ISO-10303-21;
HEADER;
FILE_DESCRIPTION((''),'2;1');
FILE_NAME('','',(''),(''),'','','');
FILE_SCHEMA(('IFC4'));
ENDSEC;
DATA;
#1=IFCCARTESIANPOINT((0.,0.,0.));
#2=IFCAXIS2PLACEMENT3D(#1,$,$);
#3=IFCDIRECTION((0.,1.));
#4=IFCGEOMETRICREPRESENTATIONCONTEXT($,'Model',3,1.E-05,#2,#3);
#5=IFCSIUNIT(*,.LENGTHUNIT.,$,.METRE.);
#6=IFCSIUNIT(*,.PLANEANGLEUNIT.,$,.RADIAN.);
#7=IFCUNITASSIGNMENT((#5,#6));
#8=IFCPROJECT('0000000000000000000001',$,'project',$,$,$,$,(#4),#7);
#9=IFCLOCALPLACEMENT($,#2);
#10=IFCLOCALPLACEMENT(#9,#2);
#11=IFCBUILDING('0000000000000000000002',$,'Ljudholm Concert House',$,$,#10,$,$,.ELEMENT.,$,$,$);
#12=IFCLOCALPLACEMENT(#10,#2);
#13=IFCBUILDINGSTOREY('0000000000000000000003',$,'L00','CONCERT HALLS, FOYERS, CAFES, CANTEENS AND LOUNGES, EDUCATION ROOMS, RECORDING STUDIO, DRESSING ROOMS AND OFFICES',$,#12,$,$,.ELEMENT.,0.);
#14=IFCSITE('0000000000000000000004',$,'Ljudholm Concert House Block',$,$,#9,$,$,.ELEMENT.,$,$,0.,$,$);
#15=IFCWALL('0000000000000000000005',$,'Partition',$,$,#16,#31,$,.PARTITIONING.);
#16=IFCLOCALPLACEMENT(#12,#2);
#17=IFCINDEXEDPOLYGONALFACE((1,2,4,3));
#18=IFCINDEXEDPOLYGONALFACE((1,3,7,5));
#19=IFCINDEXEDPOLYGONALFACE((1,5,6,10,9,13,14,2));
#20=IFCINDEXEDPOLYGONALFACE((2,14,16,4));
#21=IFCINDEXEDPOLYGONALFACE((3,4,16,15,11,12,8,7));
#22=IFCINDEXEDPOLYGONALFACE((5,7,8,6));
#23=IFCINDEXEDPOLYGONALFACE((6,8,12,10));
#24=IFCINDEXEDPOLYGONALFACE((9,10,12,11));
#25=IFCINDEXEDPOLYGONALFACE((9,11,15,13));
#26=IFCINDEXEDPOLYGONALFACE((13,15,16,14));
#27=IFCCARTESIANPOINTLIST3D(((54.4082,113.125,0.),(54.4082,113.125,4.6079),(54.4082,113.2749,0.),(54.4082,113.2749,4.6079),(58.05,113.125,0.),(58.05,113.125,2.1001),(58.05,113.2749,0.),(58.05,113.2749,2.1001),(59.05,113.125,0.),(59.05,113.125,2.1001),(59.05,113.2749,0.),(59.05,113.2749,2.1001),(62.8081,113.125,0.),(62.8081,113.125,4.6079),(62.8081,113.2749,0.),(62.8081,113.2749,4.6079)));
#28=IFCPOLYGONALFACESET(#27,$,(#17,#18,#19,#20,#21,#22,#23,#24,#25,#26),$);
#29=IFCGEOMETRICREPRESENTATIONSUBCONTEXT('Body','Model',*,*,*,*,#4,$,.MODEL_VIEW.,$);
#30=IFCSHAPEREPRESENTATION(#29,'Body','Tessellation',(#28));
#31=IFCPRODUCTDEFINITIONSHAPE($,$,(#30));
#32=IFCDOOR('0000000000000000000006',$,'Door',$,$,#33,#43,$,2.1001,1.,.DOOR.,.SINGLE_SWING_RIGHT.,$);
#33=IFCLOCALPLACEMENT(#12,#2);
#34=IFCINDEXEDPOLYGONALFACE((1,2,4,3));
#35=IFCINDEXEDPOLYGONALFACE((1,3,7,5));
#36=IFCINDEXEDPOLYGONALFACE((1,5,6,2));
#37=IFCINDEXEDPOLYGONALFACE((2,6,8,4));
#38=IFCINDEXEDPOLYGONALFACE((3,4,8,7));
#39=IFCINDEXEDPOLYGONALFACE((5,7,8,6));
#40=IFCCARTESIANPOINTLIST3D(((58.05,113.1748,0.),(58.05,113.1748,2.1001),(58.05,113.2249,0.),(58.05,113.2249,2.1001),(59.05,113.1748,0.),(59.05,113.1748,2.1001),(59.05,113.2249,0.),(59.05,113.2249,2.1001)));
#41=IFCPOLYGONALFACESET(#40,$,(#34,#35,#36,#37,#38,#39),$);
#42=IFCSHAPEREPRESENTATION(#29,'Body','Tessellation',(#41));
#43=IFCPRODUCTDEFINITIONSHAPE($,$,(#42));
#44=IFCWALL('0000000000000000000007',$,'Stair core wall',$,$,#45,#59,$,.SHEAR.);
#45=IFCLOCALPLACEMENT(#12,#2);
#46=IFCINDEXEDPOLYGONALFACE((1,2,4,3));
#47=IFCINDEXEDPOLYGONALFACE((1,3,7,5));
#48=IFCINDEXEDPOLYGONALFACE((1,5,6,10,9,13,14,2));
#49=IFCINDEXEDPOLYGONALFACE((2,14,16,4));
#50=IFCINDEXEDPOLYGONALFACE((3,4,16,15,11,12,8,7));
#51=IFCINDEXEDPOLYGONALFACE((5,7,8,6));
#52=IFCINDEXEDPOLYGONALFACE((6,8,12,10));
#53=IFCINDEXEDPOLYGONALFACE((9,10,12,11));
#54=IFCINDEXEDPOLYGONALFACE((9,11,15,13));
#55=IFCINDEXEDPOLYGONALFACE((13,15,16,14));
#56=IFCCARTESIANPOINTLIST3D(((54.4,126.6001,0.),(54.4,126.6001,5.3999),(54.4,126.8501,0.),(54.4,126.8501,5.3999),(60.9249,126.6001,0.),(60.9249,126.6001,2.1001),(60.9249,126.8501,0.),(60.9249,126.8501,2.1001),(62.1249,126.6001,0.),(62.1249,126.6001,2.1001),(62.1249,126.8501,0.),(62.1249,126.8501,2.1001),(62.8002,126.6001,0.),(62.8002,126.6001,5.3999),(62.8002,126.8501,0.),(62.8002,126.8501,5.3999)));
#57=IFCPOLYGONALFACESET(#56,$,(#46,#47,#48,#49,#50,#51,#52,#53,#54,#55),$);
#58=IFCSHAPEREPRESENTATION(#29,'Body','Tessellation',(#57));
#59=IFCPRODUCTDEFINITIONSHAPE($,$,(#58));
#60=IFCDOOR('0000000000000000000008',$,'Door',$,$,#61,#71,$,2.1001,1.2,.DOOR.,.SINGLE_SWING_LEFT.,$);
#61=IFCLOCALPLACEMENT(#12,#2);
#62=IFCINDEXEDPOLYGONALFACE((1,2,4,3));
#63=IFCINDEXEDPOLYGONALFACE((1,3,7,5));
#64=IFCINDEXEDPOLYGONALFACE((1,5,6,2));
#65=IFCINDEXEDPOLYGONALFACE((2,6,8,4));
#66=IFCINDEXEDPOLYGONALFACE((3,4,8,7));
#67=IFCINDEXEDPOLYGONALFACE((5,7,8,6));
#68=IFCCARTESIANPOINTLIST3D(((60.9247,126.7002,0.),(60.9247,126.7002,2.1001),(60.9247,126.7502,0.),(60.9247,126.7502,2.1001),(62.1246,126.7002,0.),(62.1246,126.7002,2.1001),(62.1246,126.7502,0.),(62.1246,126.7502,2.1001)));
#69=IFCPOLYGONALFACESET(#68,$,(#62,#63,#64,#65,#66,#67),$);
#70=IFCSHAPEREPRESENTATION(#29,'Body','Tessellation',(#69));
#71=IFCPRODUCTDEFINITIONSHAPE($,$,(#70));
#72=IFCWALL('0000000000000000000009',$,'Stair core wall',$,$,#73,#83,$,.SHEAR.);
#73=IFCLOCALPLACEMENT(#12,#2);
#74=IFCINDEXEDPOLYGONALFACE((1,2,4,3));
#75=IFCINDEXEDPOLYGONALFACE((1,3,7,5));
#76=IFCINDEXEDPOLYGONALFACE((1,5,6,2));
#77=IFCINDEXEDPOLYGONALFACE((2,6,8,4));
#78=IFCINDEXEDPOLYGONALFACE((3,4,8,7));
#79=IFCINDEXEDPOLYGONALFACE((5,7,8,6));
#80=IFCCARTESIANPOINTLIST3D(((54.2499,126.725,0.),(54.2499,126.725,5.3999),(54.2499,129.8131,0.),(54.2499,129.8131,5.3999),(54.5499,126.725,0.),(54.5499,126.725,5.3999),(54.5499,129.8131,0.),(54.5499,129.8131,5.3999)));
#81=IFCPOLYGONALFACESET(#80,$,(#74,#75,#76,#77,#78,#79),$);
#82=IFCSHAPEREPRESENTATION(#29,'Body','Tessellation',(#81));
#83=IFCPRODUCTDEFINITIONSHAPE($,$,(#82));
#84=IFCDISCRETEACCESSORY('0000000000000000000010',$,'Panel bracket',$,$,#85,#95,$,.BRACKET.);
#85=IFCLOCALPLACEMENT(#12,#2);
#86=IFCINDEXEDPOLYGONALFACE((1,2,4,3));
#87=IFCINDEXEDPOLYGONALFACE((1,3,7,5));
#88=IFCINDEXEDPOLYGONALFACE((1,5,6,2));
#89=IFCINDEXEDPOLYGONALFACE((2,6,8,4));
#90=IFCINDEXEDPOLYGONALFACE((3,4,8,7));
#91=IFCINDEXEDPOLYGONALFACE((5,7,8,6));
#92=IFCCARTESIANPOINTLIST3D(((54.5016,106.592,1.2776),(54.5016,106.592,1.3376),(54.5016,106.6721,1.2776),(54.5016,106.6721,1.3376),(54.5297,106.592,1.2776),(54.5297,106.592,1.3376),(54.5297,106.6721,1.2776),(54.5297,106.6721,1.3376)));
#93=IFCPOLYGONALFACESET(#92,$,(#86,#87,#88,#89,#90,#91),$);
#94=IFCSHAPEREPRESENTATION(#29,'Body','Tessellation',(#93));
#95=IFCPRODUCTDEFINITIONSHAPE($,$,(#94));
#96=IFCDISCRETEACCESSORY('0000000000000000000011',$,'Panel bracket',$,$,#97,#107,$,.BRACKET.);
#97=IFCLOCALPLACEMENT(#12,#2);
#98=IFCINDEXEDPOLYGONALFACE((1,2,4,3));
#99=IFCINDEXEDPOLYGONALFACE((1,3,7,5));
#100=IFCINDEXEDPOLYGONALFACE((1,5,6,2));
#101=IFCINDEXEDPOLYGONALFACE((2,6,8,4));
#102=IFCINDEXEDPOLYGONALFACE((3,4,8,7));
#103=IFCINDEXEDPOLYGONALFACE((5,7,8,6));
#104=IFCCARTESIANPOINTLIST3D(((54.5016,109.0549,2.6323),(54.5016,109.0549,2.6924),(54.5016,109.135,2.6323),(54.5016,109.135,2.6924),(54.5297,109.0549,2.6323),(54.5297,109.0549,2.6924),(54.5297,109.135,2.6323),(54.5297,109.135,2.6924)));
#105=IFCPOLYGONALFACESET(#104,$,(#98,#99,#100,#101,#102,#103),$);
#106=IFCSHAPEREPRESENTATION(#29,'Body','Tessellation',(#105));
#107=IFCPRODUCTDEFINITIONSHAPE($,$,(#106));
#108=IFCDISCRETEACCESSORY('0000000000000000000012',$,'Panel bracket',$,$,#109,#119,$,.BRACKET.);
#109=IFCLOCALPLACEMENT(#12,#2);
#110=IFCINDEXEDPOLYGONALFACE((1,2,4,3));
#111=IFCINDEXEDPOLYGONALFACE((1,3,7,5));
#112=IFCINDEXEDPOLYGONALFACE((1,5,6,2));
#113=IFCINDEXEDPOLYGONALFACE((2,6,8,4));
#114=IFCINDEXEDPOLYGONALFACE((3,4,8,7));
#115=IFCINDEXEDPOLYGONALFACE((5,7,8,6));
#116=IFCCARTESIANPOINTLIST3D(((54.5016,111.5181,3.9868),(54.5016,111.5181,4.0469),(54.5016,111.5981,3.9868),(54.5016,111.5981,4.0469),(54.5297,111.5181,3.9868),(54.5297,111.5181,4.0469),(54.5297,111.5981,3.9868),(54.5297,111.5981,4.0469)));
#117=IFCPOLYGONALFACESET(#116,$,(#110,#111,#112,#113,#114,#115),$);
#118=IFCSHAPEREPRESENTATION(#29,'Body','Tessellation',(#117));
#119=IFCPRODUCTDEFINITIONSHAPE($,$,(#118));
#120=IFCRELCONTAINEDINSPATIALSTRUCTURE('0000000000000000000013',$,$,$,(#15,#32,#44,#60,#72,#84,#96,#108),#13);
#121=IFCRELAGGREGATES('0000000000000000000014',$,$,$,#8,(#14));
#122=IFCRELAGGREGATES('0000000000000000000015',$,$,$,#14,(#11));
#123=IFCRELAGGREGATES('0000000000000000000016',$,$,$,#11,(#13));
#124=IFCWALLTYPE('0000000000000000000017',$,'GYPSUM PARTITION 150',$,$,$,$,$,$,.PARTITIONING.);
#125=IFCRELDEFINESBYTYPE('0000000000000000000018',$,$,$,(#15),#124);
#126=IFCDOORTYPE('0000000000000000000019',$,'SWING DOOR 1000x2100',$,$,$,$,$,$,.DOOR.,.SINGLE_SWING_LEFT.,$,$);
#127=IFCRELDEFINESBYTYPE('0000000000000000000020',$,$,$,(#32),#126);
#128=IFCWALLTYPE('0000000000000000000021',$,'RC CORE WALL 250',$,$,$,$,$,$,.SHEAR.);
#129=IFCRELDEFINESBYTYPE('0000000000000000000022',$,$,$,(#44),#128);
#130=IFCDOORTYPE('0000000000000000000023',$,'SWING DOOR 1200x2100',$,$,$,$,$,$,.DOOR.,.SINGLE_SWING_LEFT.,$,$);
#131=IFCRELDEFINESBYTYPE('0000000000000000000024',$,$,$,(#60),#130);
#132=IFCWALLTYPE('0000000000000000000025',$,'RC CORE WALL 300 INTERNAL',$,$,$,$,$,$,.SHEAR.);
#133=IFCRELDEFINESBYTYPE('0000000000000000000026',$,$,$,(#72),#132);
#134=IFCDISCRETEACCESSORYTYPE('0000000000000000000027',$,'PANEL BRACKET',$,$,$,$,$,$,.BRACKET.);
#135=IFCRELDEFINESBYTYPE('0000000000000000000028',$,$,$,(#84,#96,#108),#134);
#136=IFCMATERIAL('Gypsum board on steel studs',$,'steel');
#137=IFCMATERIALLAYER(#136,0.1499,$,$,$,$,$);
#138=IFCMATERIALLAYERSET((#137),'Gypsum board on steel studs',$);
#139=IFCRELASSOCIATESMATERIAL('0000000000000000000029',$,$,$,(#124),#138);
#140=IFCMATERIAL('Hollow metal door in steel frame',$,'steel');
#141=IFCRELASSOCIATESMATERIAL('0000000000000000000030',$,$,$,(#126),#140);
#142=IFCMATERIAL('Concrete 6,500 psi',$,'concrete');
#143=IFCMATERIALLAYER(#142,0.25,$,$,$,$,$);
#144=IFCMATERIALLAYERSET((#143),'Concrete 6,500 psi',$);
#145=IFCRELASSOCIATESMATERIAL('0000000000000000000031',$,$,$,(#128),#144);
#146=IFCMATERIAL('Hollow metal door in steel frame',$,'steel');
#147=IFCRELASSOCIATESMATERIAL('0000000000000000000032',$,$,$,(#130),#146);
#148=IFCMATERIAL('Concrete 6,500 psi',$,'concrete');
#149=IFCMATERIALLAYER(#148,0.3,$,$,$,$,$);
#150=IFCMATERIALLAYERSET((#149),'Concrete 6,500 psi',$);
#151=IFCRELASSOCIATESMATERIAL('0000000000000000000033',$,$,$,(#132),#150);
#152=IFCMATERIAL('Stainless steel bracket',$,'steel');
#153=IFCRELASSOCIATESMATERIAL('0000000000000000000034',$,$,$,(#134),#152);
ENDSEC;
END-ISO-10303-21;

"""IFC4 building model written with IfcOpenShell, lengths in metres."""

from ifc_helpers import new_model, si_unit, direction, frame, frame_2d, origin, origin_2d, place, context, subcontext, project, spatial, rectangle, extrude, material, layer, layer_set, type_object, element, fill, save


model = new_model("IFC4")

# Units and contexts
model_context = context("Model", 3, precision=1e-05, world=origin(), true_north=direction((0.0, 1.0)))
body_context = subcontext(model_context, "Body", "Model", "MODEL_VIEW")
ifc_project = project(units=[si_unit("LENGTHUNIT", "METRE"), si_unit("PLANEANGLEUNIT", "RADIAN")], contexts=[model_context])

# Site, building, storey
site_placement = place(None, origin())
site = spatial("IfcSite", under=ifc_project, at=site_placement, Name="Ljudholm Concert House Block", CompositionType="ELEMENT", RefElevation=0.0)
building_placement = place(site_placement, origin())
building = spatial("IfcBuilding", under=site, at=building_placement, Name="Ljudholm Concert House", CompositionType="ELEMENT")
storey_placement = place(building_placement, origin())
storey = spatial("IfcBuildingStorey", under=building, at=storey_placement, Name="L00", Description="CONCERT HALLS, FOYERS, CAFES, CANTEENS AND LOUNGES, EDUCATION ROOMS, RECORDING STUDIO, DRESSING ROOMS AND OFFICES", CompositionType="ELEMENT", Elevation=0.0)

# Walls, openings, doors
ifc_material_1 = material(Name="Gypsum board on steel studs", Category="steel")
ifc_layer_1 = layer(ifc_material_1, 0.1499)
ifc_layer_set_1 = layer_set([ifc_layer_1], Name="Gypsum board on steel studs")
wall_type_1 = type_object("IfcWallType", Name="GYPSUM PARTITION 150", PredefinedType="PARTITIONING", material=ifc_layer_set_1)
wall_1_placement = place(storey_placement, frame((54.4082, 113.2, 0.0), z_axis=(0.0, 0.0, 1.0), x_axis=(1.0, 0.0, 0.0)))
wall_1 = element("IfcWall", 1, at=wall_1_placement, inside=storey, type_object=wall_type_1, Name="Partition", PredefinedType="PARTITIONING", context=body_context, shape_type="SweptSolid", body=[
    extrude(rectangle(XDim=8.3999, YDim=0.1499, at=frame_2d((4.2, 0.0))), origin(), (0.0, 0.0, 1.0), 4.6079),
])
opening_1_placement = place(wall_1_placement, frame((3.6418, 0.0, 0.0)))
opening_1 = element("IfcOpeningElement", 2, at=opening_1_placement, cuts=wall_1, PredefinedType="OPENING", context=body_context, shape_type="SweptSolid", body=[
    extrude(rectangle(XDim=1.0, YDim=2.1001, at=frame_2d((0.5, 1.05))), frame((0.0, 0.085, 0.0), z_axis=(0.0, -1.0, 0.0), x_axis=(1.0, 0.0, 0.0)), (0.0, 0.0, 1.0), 0.1699),
])
ifc_material_2 = material(Name="Hollow metal door in steel frame", Category="steel")
door_type_1 = type_object("IfcDoorType", Name="SWING DOOR 1000x2100", OperationType="SINGLE_SWING_LEFT", PredefinedType="DOOR", material=ifc_material_2)
door_1_placement = place(opening_1_placement, origin())
door_1 = element("IfcDoor", 3, at=door_1_placement, inside=storey, type_object=door_type_1, Name="Door", OperationType="SINGLE_SWING_RIGHT", OverallHeight=2.1001, OverallWidth=1.0, PredefinedType="DOOR", context=body_context, shape_type="SweptSolid", body=[
    extrude(rectangle(XDim=1.0, YDim=2.1001, at=frame_2d((0.5, 1.05))), frame((0.0, 0.0249, 0.0), z_axis=(0.0, -1.0, 0.0), x_axis=(1.0, 0.0, 0.0)), (0.0, 0.0, 1.0), 0.05),
])
fill(opening_1, door_1)
ifc_material_3 = material(Name="Concrete 6,500 psi", Category="concrete")
ifc_layer_2 = layer(ifc_material_3, 0.25)
ifc_layer_set_2 = layer_set([ifc_layer_2], Name="Concrete 6,500 psi")
wall_type_2 = type_object("IfcWallType", Name="RC CORE WALL 250", PredefinedType="SHEAR", material=ifc_layer_set_2)
wall_2_placement = place(storey_placement, frame((54.3999, 126.7251, 0.0), z_axis=(0.0, 0.0, 1.0), x_axis=(1.0, 0.0, 0.0)))
wall_2 = element("IfcWall", 4, at=wall_2_placement, inside=storey, type_object=wall_type_2, Name="Stair core wall", PredefinedType="SHEAR", context=body_context, shape_type="SweptSolid", body=[
    extrude(rectangle(XDim=8.4001, YDim=0.25, at=frame_2d((4.2002, 0.0))), origin(), (0.0, 0.0, 1.0), 5.3999),
])
opening_2_placement = place(wall_2_placement, frame((6.5249, 0.0, 0.0)))
opening_2 = element("IfcOpeningElement", 5, at=opening_2_placement, cuts=wall_2, PredefinedType="OPENING", context=body_context, shape_type="SweptSolid", body=[
    extrude(rectangle(XDim=1.2, YDim=2.1001, at=frame_2d((0.6001, 1.05))), frame((0.0, 0.135, 0.0), z_axis=(0.0, -1.0, 0.0), x_axis=(1.0, 0.0, 0.0)), (0.0, 0.0, 1.0), 0.27),
])
ifc_material_4 = material(Name="Hollow metal door in steel frame", Category="steel")
door_type_2 = type_object("IfcDoorType", Name="SWING DOOR 1200x2100", OperationType="SINGLE_SWING_LEFT", PredefinedType="DOOR", material=ifc_material_4)
door_2_placement = place(opening_2_placement, frame((1.2, 0.0, 0.0), z_axis=(0.0, 0.0, 1.0), x_axis=(-1.0, 0.0, 0.0)))
door_2 = element("IfcDoor", 6, at=door_2_placement, inside=storey, type_object=door_type_2, Name="Door", OperationType="SINGLE_SWING_LEFT", OverallHeight=2.1001, OverallWidth=1.2, PredefinedType="DOOR", context=body_context, shape_type="SweptSolid", body=[
    extrude(rectangle(XDim=1.2, YDim=2.1001, at=frame_2d((0.6001, 1.05))), frame((0.0, 0.0249, 0.0), z_axis=(0.0, -1.0, 0.0), x_axis=(1.0, 0.0, 0.0)), (0.0, 0.0, 1.0), 0.05),
])
fill(opening_2, door_2)

# Wall
ifc_material_5 = material(Name="Concrete 6,500 psi", Category="concrete")
ifc_layer_3 = layer(ifc_material_5, 0.3)
ifc_layer_set_3 = layer_set([ifc_layer_3], Name="Concrete 6,500 psi")
wall_type_3 = type_object("IfcWallType", Name="RC CORE WALL 300 INTERNAL", PredefinedType="SHEAR", material=ifc_layer_set_3)
wall_3_placement = place(storey_placement, frame((54.3999, 126.7251, 0.0), z_axis=(0.0, 0.0, 1.0), x_axis=(0.0, 1.0, 0.0)))
element("IfcWall", 7, at=wall_3_placement, inside=storey, type_object=wall_type_3, Name="Stair core wall", PredefinedType="SHEAR", context=body_context, shape_type="SweptSolid", body=[
    extrude(rectangle(XDim=3.0881, YDim=0.3, at=frame_2d((1.5439, 0.0))), origin(), (0.0, 0.0, 1.0), 5.3999),
])

# Discrete accessories
ifc_material_6 = material(Name="Stainless steel bracket", Category="steel")
discrete_accessory_type = type_object("IfcDiscreteAccessoryType", Name="PANEL BRACKET", PredefinedType="BRACKET", material=ifc_material_6)
for number, where, z_axis, x_axis, name in (
    (8, (54.5156, 106.6321, 1.2776), (0.0, 0.0, 1.0), (1.0, 0.0, 0.0), "Panel bracket"),
    (9, (54.5156, 109.095, 2.6323), (0.0, 0.0, 1.0), (1.0, 0.0, 0.0), "Panel bracket"),
    (10, (54.5156, 111.5581, 3.9868), (0.0, 0.0, 1.0), (1.0, 0.0, 0.0), "Panel bracket"),
):
    element("IfcDiscreteAccessory", number, at=place(storey_placement, frame(where, z_axis=z_axis, x_axis=x_axis)), inside=storey, type_object=discrete_accessory_type, Name=name, PredefinedType="BRACKET", context=body_context, shape_type="SweptSolid", body=[
        extrude(rectangle(XDim=0.0281, YDim=0.0801, at=origin_2d()), origin(), (0.0, 0.0, 1.0), 0.0601),
    ])

save(model, "model.ifc")
